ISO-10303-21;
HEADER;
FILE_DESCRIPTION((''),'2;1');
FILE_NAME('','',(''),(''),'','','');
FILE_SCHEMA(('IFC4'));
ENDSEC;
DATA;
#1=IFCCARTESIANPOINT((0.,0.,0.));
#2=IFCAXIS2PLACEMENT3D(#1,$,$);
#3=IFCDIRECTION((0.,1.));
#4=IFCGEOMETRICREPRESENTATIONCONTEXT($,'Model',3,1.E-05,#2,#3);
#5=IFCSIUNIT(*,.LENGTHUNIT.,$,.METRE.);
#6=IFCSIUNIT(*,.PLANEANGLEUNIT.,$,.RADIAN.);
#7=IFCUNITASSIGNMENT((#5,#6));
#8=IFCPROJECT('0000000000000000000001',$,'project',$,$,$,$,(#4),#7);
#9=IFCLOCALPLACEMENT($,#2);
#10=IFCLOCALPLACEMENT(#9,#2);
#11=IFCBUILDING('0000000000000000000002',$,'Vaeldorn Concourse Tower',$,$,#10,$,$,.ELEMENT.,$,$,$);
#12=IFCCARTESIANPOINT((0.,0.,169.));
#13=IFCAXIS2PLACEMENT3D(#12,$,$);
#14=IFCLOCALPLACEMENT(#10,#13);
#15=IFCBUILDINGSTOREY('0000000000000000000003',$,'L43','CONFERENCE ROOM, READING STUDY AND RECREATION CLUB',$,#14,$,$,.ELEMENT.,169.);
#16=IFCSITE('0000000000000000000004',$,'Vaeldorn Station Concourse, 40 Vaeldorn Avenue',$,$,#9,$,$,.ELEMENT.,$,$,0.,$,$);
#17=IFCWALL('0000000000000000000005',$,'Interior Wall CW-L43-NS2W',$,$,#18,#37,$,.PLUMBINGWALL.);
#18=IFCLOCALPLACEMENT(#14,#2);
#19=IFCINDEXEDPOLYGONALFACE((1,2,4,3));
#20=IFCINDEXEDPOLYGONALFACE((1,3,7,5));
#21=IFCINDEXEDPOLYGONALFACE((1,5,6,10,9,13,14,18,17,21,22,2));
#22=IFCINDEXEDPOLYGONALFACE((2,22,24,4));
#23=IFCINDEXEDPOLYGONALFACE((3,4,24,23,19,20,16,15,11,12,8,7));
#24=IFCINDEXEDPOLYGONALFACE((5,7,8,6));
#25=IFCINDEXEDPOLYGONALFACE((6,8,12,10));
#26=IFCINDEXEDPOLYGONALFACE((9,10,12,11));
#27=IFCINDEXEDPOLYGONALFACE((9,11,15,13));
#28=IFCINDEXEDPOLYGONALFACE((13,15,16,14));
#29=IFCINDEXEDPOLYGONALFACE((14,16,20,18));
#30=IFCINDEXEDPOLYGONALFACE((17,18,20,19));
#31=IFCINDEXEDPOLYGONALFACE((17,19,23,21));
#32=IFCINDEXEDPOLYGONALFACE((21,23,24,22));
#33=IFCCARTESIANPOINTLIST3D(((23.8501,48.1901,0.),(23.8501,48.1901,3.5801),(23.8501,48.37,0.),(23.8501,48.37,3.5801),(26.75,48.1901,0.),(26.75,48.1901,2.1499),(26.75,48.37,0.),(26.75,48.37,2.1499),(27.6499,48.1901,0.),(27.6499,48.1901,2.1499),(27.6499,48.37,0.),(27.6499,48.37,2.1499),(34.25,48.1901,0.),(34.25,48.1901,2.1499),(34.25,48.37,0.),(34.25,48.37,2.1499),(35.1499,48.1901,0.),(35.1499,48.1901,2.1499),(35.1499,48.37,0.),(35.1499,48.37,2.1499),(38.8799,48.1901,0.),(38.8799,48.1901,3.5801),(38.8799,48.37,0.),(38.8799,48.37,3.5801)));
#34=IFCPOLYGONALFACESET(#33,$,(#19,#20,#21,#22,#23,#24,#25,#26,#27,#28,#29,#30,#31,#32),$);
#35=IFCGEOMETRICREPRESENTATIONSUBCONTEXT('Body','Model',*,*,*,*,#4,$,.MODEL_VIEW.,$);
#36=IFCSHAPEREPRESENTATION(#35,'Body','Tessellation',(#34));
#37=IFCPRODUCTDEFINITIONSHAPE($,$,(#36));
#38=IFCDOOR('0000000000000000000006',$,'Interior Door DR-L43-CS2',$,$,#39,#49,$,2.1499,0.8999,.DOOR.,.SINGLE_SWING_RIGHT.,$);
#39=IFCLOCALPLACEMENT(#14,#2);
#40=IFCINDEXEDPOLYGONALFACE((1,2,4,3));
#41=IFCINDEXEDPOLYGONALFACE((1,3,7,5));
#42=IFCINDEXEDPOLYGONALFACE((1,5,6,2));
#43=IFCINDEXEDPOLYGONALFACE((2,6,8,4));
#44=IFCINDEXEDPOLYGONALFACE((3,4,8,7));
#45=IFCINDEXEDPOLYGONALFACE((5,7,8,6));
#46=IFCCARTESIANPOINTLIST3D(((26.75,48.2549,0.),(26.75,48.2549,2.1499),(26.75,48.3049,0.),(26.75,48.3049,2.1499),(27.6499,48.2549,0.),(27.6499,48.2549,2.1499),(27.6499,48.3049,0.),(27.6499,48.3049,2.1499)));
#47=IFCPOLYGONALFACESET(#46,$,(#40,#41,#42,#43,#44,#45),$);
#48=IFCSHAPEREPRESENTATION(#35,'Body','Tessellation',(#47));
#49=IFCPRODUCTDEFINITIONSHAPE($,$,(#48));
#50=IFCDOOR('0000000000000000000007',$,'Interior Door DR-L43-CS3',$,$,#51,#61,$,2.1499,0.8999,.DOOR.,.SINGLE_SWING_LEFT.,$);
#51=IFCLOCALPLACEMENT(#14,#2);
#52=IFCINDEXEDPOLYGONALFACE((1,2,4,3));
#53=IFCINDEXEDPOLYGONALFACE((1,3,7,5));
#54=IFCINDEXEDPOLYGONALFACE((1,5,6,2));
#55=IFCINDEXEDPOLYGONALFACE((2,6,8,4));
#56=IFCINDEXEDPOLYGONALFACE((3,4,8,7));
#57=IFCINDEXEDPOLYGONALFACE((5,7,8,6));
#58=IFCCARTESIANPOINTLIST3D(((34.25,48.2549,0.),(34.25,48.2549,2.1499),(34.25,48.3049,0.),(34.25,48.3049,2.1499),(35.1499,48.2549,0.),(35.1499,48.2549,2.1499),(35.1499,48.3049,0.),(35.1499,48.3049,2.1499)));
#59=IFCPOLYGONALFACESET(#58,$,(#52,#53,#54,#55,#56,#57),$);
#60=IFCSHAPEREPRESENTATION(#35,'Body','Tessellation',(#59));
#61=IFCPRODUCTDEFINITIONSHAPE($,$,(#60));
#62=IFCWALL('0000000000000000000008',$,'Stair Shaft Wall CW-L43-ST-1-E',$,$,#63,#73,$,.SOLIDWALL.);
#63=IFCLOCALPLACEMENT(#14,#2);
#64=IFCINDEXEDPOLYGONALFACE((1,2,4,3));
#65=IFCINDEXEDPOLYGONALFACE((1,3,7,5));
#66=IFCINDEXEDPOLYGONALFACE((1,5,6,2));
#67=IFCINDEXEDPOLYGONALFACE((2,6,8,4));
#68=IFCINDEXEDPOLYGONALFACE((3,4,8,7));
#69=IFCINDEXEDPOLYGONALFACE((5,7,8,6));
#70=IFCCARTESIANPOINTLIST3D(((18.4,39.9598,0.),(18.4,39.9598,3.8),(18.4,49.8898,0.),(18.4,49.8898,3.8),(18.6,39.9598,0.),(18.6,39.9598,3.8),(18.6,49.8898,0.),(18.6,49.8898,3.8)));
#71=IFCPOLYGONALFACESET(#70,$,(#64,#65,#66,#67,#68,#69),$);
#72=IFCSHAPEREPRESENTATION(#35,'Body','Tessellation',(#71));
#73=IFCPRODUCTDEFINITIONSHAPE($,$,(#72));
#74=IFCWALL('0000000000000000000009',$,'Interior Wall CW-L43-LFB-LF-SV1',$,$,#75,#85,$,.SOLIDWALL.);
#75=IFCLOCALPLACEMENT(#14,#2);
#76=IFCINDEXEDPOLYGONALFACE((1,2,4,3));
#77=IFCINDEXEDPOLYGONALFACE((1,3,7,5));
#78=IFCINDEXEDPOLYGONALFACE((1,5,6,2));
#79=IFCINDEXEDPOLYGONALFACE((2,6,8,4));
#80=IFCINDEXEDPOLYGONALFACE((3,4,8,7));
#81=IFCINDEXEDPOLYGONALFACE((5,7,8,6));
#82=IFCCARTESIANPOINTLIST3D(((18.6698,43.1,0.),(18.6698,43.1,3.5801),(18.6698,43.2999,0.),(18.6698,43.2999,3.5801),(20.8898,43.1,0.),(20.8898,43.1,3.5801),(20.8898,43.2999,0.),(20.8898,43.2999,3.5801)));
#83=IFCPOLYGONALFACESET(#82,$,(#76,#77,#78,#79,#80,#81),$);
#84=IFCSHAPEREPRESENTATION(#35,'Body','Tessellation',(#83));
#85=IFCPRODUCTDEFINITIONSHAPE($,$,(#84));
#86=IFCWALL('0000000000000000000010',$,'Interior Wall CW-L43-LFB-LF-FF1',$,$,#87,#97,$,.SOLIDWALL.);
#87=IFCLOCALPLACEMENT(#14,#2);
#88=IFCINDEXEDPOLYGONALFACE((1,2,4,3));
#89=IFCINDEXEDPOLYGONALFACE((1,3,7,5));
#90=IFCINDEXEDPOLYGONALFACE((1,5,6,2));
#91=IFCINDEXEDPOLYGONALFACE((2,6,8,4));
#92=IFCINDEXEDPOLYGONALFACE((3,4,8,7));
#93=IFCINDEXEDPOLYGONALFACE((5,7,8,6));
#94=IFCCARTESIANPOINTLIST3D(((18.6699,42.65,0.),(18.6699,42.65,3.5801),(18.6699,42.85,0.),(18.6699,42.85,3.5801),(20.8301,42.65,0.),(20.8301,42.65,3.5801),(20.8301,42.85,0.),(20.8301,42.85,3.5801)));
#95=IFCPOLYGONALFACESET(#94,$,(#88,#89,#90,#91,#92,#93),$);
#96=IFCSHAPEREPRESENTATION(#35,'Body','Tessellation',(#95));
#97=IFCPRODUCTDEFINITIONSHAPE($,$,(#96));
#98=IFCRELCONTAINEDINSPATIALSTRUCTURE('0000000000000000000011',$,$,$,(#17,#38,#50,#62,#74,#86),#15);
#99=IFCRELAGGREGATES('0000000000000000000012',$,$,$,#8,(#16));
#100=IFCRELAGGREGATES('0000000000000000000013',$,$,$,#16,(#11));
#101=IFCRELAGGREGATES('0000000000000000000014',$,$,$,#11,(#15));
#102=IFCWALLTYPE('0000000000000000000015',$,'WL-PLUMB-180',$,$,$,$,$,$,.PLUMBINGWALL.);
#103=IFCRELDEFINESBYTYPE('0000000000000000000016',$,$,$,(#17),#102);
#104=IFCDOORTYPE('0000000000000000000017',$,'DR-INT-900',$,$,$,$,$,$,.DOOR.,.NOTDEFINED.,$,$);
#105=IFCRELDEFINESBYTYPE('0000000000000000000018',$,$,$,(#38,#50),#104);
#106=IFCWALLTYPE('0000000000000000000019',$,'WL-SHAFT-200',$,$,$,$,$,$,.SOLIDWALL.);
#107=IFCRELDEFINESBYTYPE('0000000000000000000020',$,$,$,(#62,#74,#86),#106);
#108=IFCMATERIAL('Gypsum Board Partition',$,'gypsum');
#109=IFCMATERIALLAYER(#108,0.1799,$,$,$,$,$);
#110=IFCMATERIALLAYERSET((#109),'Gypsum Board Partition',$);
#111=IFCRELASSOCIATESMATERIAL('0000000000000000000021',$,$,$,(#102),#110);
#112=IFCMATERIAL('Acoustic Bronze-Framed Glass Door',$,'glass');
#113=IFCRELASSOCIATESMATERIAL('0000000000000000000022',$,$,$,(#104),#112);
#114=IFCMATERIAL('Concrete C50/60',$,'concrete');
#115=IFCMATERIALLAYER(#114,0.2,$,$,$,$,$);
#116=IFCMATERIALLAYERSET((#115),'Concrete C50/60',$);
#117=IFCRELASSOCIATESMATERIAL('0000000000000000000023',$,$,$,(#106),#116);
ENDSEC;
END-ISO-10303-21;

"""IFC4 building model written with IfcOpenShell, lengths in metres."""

from ifc_helpers import new_model, si_unit, direction, frame, frame_2d, origin, place, context, subcontext, project, spatial, rectangle, extrude, source, transform, mapped, material, layer, layer_set, type_object, element, fill, save


model = new_model("IFC4")

# Units and contexts
model_context = context("Model", 3, precision=1e-05, world=origin(), true_north=direction((0.0, 1.0)))
body_context = subcontext(model_context, "Body", "Model", "MODEL_VIEW")
ifc_project = project(units=[si_unit("LENGTHUNIT", "METRE"), si_unit("PLANEANGLEUNIT", "RADIAN")], contexts=[model_context])

# Site, building, storey
site_placement = place(None, origin())
site = spatial("IfcSite", under=ifc_project, at=site_placement, Name="Vaeldorn Station Concourse, 40 Vaeldorn Avenue", CompositionType="ELEMENT", RefElevation=0.0)
building_placement = place(site_placement, origin())
building = spatial("IfcBuilding", under=site, at=building_placement, Name="Vaeldorn Concourse Tower", CompositionType="ELEMENT")
storey_placement = place(building_placement, frame((0.0, 0.0, 169.0)))
storey = spatial("IfcBuildingStorey", under=building, at=storey_placement, Name="L43", Description="CONFERENCE ROOM, READING STUDY AND RECREATION CLUB", CompositionType="ELEMENT", Elevation=169.0)

# Shared definitions
ifc_material_1 = material(Name="Gypsum Board Partition", Category="gypsum")

# Wall, openings, doors
ifc_layer_1 = layer(ifc_material_1, 0.1799)
ifc_layer_set_1 = layer_set([ifc_layer_1], Name="Gypsum Board Partition")
wall_type_1 = type_object("IfcWallType", Name="WL-PLUMB-180", PredefinedType="PLUMBINGWALL", material=ifc_layer_set_1)
wall_1_placement = place(storey_placement, frame((23.8501, 48.28, 0.0), z_axis=(0.0, 0.0, 1.0), x_axis=(1.0, 0.0, 0.0)))
wall_1 = element("IfcWall", 1, at=wall_1_placement, inside=storey, type_object=wall_type_1, Name="Interior Wall CW-L43-NS2W", PredefinedType="PLUMBINGWALL", context=body_context, shape_type="SweptSolid", body=[
    extrude(rectangle(XDim=15.0298, YDim=0.1799, at=frame_2d((7.5149, 0.0))), origin(), (0.0, 0.0, 1.0), 3.5801),
])
opening_1_placement = place(wall_1_placement, frame((2.8999, 0.0, 0.0)))
opening_1 = element("IfcOpeningElement", 2, at=opening_1_placement, cuts=wall_1, PredefinedType="OPENING", context=body_context, shape_type="SweptSolid", body=[
    extrude(rectangle(XDim=0.8999, YDim=2.1499, at=frame_2d((0.45, 1.075))), frame((0.0, 0.1001, 0.0), z_axis=(0.0, -1.0, 0.0), x_axis=(1.0, 0.0, 0.0)), (0.0, 0.0, 1.0), 0.2),
])
opening_2_placement = place(wall_1_placement, frame((10.3999, 0.0, 0.0)))
opening_2 = element("IfcOpeningElement", 3, at=opening_2_placement, cuts=wall_1, PredefinedType="OPENING", context=body_context, shape_type="SweptSolid", body=[
    extrude(rectangle(XDim=0.8999, YDim=2.1499, at=frame_2d((0.45, 1.075))), frame((0.0, 0.1001, 0.0), z_axis=(0.0, -1.0, 0.0), x_axis=(1.0, 0.0, 0.0)), (0.0, 0.0, 1.0), 0.2),
])
ifc_material_2 = material(Name="Acoustic Bronze-Framed Glass Door", Category="glass")
door_type_1 = type_object("IfcDoorType", Name="DR-INT-900", OperationType="NOTDEFINED", PredefinedType="DOOR", material=ifc_material_2)
shared_shape_1 = source(origin(), body_context, "Body", "SweptSolid", [
    extrude(rectangle(XDim=0.8999, YDim=2.1499, at=frame_2d((0.45, 1.075))), frame((0.0, 0.0249, 0.0), z_axis=(0.0, -1.0, 0.0), x_axis=(1.0, 0.0, 0.0)), (0.0, 0.0, 1.0), 0.05),
])
door_1_placement = place(opening_1_placement, origin())
door_1 = element("IfcDoor", 4, at=door_1_placement, inside=storey, type_object=door_type_1, Name="Interior Door DR-L43-CS2", OperationType="SINGLE_SWING_RIGHT", OverallHeight=2.1499, OverallWidth=0.8999, PredefinedType="DOOR", context=body_context, shape_type="MappedRepresentation", body=[
    mapped(shared_shape_1, transform((0.0, 0.0, 0.0), scale=1.0)),
])
fill(opening_1, door_1)
door_2_placement = place(opening_2_placement, origin())
door_2 = element("IfcDoor", 5, at=door_2_placement, inside=storey, type_object=door_type_1, Name="Interior Door DR-L43-CS3", OperationType="SINGLE_SWING_LEFT", OverallHeight=2.1499, OverallWidth=0.8999, PredefinedType="DOOR", context=body_context, shape_type="MappedRepresentation", body=[
    mapped(shared_shape_1, transform((0.0, 0.0, 0.0), scale=1.0)),
])
fill(opening_2, door_2)

# Wall
ifc_material_3 = material(Name="Concrete C50/60", Category="concrete")
ifc_layer_2 = layer(ifc_material_3, 0.2)
ifc_layer_set_2 = layer_set([ifc_layer_2], Name="Concrete C50/60")
wall_type_2 = type_object("IfcWallType", Name="WL-SHAFT-200", PredefinedType="SOLIDWALL", material=ifc_layer_set_2)
wall_2_placement = place(storey_placement, frame((18.5, 39.96, 0.0), z_axis=(0.0, 0.0, 1.0), x_axis=(0.0, 1.0, 0.0)))
element("IfcWall", 6, at=wall_2_placement, inside=storey, type_object=wall_type_2, Name="Stair Shaft Wall CW-L43-ST-1-E", PredefinedType="SOLIDWALL", context=body_context, shape_type="SweptSolid", body=[
    extrude(rectangle(XDim=9.9299, YDim=0.2, at=frame_2d((4.9648, 0.0))), origin(), (0.0, 0.0, 1.0), 3.8),
])

# Wall
wall_3_placement = place(storey_placement, frame((18.6699, 43.2, 0.0), z_axis=(0.0, 0.0, 1.0), x_axis=(1.0, 0.0, 0.0)))
element("IfcWall", 7, at=wall_3_placement, inside=storey, type_object=wall_type_2, Name="Interior Wall CW-L43-LFB-LF-SV1", PredefinedType="SOLIDWALL", context=body_context, shape_type="SweptSolid", body=[
    extrude(rectangle(XDim=2.22, YDim=0.2, at=frame_2d((1.1099, 0.0))), origin(), (0.0, 0.0, 1.0), 3.5801),
])

# Wall
wall_4_placement = place(storey_placement, frame((18.6699, 42.75, 0.0), z_axis=(0.0, 0.0, 1.0), x_axis=(1.0, 0.0, 0.0)))
element("IfcWall", 8, at=wall_4_placement, inside=storey, type_object=wall_type_2, Name="Interior Wall CW-L43-LFB-LF-FF1", PredefinedType="SOLIDWALL", context=body_context, shape_type="SweptSolid", body=[
    extrude(rectangle(XDim=2.1602, YDim=0.2, at=frame_2d((1.0801, 0.0))), origin(), (0.0, 0.0, 1.0), 3.5801),
])

save(model, "model.ifc")
